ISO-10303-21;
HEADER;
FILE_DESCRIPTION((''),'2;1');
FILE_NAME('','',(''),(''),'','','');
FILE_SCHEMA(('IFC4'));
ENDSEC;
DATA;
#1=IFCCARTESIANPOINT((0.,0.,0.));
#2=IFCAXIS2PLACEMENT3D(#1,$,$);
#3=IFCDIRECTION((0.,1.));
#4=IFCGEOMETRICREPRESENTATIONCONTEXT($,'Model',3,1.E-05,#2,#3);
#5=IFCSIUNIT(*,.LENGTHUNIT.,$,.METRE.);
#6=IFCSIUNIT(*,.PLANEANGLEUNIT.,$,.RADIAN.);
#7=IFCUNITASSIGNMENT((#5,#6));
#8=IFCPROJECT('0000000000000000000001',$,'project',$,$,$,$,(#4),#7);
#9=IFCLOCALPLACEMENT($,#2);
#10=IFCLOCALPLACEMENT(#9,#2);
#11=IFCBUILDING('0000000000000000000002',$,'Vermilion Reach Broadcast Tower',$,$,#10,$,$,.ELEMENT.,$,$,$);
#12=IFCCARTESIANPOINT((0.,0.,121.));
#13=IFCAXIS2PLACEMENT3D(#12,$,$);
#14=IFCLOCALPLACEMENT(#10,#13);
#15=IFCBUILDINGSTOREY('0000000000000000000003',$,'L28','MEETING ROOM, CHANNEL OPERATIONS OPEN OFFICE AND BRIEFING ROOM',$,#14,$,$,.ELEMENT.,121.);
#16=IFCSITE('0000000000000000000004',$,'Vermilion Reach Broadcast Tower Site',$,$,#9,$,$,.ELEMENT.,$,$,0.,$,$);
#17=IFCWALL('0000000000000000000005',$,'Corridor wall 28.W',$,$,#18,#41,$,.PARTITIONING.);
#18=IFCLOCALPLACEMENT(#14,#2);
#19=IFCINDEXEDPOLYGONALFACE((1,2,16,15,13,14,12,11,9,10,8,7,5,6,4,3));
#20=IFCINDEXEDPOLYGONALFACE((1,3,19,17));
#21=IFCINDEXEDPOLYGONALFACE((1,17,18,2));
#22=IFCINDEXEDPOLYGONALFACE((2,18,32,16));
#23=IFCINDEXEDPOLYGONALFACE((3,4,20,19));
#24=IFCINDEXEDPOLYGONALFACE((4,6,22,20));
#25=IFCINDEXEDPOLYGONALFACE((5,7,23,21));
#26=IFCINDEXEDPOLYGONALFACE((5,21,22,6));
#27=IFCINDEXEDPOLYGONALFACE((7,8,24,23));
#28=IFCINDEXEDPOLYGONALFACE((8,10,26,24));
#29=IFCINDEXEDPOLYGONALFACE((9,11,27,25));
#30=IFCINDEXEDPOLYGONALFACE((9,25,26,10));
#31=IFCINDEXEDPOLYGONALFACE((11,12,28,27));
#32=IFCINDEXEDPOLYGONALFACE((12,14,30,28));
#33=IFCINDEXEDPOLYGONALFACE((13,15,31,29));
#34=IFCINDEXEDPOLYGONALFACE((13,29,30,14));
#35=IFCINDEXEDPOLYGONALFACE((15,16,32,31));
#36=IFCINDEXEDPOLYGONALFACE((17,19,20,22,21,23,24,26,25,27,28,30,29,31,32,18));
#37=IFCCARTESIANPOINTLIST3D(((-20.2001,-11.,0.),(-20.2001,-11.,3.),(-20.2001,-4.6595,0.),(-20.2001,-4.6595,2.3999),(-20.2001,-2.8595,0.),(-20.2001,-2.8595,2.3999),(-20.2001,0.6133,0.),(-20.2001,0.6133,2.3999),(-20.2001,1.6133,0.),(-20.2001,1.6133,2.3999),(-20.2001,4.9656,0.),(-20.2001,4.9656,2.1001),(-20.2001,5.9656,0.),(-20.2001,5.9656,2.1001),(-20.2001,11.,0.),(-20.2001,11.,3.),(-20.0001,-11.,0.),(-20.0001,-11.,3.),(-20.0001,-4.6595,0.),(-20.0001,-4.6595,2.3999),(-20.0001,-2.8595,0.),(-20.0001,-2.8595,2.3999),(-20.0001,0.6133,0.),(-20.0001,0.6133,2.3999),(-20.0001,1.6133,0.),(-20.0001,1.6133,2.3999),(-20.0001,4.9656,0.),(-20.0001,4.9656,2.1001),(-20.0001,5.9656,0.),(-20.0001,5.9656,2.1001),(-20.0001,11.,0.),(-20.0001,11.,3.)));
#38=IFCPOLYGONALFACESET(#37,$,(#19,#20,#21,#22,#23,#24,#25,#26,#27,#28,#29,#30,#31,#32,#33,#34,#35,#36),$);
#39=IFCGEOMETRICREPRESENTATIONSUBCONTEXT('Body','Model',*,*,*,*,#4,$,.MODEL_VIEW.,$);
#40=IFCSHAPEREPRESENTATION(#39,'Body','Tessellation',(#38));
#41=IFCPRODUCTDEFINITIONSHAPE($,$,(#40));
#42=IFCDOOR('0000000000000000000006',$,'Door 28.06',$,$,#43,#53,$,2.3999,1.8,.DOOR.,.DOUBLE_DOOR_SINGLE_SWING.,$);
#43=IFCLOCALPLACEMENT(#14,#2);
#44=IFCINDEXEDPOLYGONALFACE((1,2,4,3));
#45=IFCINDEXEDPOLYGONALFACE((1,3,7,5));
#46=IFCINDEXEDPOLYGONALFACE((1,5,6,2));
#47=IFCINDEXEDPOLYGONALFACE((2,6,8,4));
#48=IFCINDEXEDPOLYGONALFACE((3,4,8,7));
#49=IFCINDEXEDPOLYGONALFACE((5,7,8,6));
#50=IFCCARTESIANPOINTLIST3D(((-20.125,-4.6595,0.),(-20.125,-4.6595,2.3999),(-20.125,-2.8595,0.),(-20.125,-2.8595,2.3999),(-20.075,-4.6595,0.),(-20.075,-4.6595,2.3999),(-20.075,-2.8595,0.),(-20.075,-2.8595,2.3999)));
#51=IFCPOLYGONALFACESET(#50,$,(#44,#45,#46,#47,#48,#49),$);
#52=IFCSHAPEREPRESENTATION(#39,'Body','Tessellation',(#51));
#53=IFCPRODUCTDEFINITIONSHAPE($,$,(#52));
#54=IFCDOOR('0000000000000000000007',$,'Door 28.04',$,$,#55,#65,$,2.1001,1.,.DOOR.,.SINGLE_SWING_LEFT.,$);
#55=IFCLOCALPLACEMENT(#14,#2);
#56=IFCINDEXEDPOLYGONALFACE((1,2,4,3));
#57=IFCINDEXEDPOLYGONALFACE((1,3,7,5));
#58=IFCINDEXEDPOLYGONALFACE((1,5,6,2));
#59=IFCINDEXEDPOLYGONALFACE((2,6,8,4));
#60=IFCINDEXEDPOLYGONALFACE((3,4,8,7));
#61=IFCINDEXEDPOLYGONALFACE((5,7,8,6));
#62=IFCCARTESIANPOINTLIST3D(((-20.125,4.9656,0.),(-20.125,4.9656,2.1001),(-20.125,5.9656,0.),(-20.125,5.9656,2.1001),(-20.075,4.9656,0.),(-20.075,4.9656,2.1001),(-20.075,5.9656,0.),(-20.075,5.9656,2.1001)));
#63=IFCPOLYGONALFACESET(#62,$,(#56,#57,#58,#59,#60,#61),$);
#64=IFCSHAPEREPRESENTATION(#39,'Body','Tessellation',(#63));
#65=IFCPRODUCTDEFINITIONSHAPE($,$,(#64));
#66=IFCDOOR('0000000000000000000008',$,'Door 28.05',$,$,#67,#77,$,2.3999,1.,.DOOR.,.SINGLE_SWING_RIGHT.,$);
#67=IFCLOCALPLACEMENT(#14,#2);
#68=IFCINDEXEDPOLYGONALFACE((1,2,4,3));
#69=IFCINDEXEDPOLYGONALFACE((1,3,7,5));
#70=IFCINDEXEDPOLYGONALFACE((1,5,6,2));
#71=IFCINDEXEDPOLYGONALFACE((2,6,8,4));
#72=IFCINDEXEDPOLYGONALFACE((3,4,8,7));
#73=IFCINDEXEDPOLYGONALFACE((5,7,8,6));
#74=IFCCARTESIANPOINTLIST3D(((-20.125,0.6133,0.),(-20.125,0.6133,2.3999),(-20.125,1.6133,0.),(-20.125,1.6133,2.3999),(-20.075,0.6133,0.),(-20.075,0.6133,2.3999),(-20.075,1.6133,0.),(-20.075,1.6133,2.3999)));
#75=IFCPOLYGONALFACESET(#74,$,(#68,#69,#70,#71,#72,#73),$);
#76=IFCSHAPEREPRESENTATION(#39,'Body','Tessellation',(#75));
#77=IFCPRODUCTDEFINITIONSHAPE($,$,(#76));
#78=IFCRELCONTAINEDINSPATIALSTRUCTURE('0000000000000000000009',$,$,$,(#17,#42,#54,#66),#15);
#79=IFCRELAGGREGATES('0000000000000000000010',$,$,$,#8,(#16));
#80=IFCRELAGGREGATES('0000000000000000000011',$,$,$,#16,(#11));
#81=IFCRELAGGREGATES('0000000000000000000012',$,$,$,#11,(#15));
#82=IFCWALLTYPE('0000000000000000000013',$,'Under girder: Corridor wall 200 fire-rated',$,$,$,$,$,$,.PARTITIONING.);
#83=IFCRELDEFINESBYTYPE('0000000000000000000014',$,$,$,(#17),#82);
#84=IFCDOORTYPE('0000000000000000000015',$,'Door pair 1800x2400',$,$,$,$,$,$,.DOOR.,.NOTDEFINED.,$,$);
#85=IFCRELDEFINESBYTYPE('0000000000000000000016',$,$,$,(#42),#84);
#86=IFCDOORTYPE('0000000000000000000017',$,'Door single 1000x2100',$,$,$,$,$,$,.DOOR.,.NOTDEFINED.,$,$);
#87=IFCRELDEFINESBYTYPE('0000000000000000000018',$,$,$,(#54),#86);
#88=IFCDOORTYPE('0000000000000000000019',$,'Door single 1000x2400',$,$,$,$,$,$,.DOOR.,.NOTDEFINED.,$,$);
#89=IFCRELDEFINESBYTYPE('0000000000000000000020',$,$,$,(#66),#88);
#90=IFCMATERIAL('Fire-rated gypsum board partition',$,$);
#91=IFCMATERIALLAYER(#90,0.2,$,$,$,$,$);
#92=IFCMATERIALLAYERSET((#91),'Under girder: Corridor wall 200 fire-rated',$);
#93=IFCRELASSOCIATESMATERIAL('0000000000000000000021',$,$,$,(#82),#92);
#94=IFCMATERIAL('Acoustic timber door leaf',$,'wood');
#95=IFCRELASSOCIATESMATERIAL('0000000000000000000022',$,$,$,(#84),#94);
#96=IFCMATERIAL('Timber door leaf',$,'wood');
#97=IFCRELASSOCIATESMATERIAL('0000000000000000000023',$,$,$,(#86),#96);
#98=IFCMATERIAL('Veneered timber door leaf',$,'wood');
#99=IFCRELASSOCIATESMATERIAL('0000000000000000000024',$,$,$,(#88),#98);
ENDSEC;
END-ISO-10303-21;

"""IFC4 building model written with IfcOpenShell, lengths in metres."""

from ifc_helpers import new_model, si_unit, direction, frame, frame_2d, origin, place, context, subcontext, project, spatial, rectangle, extrude, material, layer, layer_set, type_object, element, fill, save


model = new_model("IFC4")

# Units and contexts
model_context = context("Model", 3, precision=1e-05, world=origin(), true_north=direction((0.0, 1.0)))
body_context = subcontext(model_context, "Body", "Model", "MODEL_VIEW")
ifc_project = project(units=[si_unit("LENGTHUNIT", "METRE"), si_unit("PLANEANGLEUNIT", "RADIAN")], contexts=[model_context])

# Site, building, storey
site_placement = place(None, origin())
site = spatial("IfcSite", under=ifc_project, at=site_placement, Name="Vermilion Reach Broadcast Tower Site", CompositionType="ELEMENT", RefElevation=0.0)
building_placement = place(site_placement, origin())
building = spatial("IfcBuilding", under=site, at=building_placement, Name="Vermilion Reach Broadcast Tower", CompositionType="ELEMENT")
storey_placement = place(building_placement, frame((0.0, 0.0, 121.0)))
storey = spatial("IfcBuildingStorey", under=building, at=storey_placement, Name="L28", Description="MEETING ROOM, CHANNEL OPERATIONS OPEN OFFICE AND BRIEFING ROOM", CompositionType="ELEMENT", Elevation=121.0)

# Wall, openings, doors
ifc_material_1 = material(Name="Fire-rated gypsum board partition")
ifc_layer_1 = layer(ifc_material_1, 0.2)
ifc_layer_set_1 = layer_set([ifc_layer_1], Name="Under girder: Corridor wall 200 fire-rated")
wall_type_1 = type_object("IfcWallType", Name="Under girder: Corridor wall 200 fire-rated", PredefinedType="PARTITIONING", material=ifc_layer_set_1)
wall_1_placement = place(storey_placement, frame((-20.1001, -11.0, 0.0), z_axis=(0.0, 0.0, 1.0), x_axis=(0.0, 1.0, 0.0)))
wall_1 = element("IfcWall", 1, at=wall_1_placement, inside=storey, type_object=wall_type_1, Name="Corridor wall 28.W", PredefinedType="PARTITIONING", context=body_context, shape_type="SweptSolid", body=[
    extrude(rectangle(XDim=22.0, YDim=0.2, at=frame_2d((11.0, 0.0))), origin(), (0.0, 0.0, 1.0), 3.0),
])
opening_1_placement = place(wall_1_placement, frame((15.9656, 0.0, 0.0)))
opening_1 = element("IfcOpeningElement", 2, at=opening_1_placement, cuts=wall_1, PredefinedType="OPENING", context=body_context, shape_type="SweptSolid", body=[
    extrude(rectangle(XDim=1.0, YDim=2.1001, at=frame_2d((0.5, 1.05))), frame((0.0, 0.1099, 0.0), z_axis=(0.0, -1.0, 0.0), x_axis=(1.0, 0.0, 0.0)), (0.0, 0.0, 1.0), 0.22),
])
opening_2_placement = place(wall_1_placement, frame((11.6133, 0.0, 0.0)))
opening_2 = element("IfcOpeningElement", 3, at=opening_2_placement, cuts=wall_1, PredefinedType="OPENING", context=body_context, shape_type="SweptSolid", body=[
    extrude(rectangle(XDim=1.0, YDim=2.3999, at=frame_2d((0.5, 1.2))), frame((0.0, 0.1099, 0.0), z_axis=(0.0, -1.0, 0.0), x_axis=(1.0, 0.0, 0.0)), (0.0, 0.0, 1.0), 0.22),
])
opening_3_placement = place(wall_1_placement, frame((6.3406, 0.0, 0.0)))
opening_3 = element("IfcOpeningElement", 4, at=opening_3_placement, cuts=wall_1, PredefinedType="OPENING", context=body_context, shape_type="SweptSolid", body=[
    extrude(rectangle(XDim=1.8, YDim=2.3999, at=frame_2d((0.8999, 1.2))), frame((0.0, 0.1099, 0.0), z_axis=(0.0, -1.0, 0.0), x_axis=(1.0, 0.0, 0.0)), (0.0, 0.0, 1.0), 0.22),
])
ifc_material_2 = material(Name="Acoustic timber door leaf", Category="wood")
door_type_1 = type_object("IfcDoorType", Name="Door pair 1800x2400", OperationType="NOTDEFINED", PredefinedType="DOOR", material=ifc_material_2)
door_1_placement = place(opening_3_placement, origin())
door_1 = element("IfcDoor", 5, at=door_1_placement, inside=storey, type_object=door_type_1, Name="Door 28.06", OperationType="DOUBLE_DOOR_SINGLE_SWING", OverallHeight=2.3999, OverallWidth=1.8, PredefinedType="DOOR", context=body_context, shape_type="SweptSolid", body=[
    extrude(rectangle(XDim=1.8, YDim=2.3999, at=frame_2d((0.8999, 1.2))), frame((0.0, 0.0249, 0.0), z_axis=(0.0, -1.0, 0.0), x_axis=(1.0, 0.0, 0.0)), (0.0, 0.0, 1.0), 0.05),
])
fill(opening_3, door_1)
ifc_material_3 = material(Name="Timber door leaf", Category="wood")
door_type_2 = type_object("IfcDoorType", Name="Door single 1000x2100", OperationType="NOTDEFINED", PredefinedType="DOOR", material=ifc_material_3)
door_2_placement = place(opening_1_placement, origin())
door_2 = element("IfcDoor", 6, at=door_2_placement, inside=storey, type_object=door_type_2, Name="Door 28.04", OperationType="SINGLE_SWING_LEFT", OverallHeight=2.1001, OverallWidth=1.0, PredefinedType="DOOR", context=body_context, shape_type="SweptSolid", body=[
    extrude(rectangle(XDim=1.0, YDim=2.1001, at=frame_2d((0.5, 1.05))), frame((0.0, 0.0249, 0.0), z_axis=(0.0, -1.0, 0.0), x_axis=(1.0, 0.0, 0.0)), (0.0, 0.0, 1.0), 0.05),
])
fill(opening_1, door_2)
ifc_material_4 = material(Name="Veneered timber door leaf", Category="wood")
door_type_3 = type_object("IfcDoorType", Name="Door single 1000x2400", OperationType="NOTDEFINED", PredefinedType="DOOR", material=ifc_material_4)
door_3_placement = place(opening_2_placement, origin())
door_3 = element("IfcDoor", 7, at=door_3_placement, inside=storey, type_object=door_type_3, Name="Door 28.05", OperationType="SINGLE_SWING_RIGHT", OverallHeight=2.3999, OverallWidth=1.0, PredefinedType="DOOR", context=body_context, shape_type="SweptSolid", body=[
    extrude(rectangle(XDim=1.0, YDim=2.3999, at=frame_2d((0.5, 1.2))), frame((0.0, 0.0249, 0.0), z_axis=(0.0, -1.0, 0.0), x_axis=(1.0, 0.0, 0.0)), (0.0, 0.0, 1.0), 0.05),
])
fill(opening_2, door_3)

save(model, "model.ifc")
